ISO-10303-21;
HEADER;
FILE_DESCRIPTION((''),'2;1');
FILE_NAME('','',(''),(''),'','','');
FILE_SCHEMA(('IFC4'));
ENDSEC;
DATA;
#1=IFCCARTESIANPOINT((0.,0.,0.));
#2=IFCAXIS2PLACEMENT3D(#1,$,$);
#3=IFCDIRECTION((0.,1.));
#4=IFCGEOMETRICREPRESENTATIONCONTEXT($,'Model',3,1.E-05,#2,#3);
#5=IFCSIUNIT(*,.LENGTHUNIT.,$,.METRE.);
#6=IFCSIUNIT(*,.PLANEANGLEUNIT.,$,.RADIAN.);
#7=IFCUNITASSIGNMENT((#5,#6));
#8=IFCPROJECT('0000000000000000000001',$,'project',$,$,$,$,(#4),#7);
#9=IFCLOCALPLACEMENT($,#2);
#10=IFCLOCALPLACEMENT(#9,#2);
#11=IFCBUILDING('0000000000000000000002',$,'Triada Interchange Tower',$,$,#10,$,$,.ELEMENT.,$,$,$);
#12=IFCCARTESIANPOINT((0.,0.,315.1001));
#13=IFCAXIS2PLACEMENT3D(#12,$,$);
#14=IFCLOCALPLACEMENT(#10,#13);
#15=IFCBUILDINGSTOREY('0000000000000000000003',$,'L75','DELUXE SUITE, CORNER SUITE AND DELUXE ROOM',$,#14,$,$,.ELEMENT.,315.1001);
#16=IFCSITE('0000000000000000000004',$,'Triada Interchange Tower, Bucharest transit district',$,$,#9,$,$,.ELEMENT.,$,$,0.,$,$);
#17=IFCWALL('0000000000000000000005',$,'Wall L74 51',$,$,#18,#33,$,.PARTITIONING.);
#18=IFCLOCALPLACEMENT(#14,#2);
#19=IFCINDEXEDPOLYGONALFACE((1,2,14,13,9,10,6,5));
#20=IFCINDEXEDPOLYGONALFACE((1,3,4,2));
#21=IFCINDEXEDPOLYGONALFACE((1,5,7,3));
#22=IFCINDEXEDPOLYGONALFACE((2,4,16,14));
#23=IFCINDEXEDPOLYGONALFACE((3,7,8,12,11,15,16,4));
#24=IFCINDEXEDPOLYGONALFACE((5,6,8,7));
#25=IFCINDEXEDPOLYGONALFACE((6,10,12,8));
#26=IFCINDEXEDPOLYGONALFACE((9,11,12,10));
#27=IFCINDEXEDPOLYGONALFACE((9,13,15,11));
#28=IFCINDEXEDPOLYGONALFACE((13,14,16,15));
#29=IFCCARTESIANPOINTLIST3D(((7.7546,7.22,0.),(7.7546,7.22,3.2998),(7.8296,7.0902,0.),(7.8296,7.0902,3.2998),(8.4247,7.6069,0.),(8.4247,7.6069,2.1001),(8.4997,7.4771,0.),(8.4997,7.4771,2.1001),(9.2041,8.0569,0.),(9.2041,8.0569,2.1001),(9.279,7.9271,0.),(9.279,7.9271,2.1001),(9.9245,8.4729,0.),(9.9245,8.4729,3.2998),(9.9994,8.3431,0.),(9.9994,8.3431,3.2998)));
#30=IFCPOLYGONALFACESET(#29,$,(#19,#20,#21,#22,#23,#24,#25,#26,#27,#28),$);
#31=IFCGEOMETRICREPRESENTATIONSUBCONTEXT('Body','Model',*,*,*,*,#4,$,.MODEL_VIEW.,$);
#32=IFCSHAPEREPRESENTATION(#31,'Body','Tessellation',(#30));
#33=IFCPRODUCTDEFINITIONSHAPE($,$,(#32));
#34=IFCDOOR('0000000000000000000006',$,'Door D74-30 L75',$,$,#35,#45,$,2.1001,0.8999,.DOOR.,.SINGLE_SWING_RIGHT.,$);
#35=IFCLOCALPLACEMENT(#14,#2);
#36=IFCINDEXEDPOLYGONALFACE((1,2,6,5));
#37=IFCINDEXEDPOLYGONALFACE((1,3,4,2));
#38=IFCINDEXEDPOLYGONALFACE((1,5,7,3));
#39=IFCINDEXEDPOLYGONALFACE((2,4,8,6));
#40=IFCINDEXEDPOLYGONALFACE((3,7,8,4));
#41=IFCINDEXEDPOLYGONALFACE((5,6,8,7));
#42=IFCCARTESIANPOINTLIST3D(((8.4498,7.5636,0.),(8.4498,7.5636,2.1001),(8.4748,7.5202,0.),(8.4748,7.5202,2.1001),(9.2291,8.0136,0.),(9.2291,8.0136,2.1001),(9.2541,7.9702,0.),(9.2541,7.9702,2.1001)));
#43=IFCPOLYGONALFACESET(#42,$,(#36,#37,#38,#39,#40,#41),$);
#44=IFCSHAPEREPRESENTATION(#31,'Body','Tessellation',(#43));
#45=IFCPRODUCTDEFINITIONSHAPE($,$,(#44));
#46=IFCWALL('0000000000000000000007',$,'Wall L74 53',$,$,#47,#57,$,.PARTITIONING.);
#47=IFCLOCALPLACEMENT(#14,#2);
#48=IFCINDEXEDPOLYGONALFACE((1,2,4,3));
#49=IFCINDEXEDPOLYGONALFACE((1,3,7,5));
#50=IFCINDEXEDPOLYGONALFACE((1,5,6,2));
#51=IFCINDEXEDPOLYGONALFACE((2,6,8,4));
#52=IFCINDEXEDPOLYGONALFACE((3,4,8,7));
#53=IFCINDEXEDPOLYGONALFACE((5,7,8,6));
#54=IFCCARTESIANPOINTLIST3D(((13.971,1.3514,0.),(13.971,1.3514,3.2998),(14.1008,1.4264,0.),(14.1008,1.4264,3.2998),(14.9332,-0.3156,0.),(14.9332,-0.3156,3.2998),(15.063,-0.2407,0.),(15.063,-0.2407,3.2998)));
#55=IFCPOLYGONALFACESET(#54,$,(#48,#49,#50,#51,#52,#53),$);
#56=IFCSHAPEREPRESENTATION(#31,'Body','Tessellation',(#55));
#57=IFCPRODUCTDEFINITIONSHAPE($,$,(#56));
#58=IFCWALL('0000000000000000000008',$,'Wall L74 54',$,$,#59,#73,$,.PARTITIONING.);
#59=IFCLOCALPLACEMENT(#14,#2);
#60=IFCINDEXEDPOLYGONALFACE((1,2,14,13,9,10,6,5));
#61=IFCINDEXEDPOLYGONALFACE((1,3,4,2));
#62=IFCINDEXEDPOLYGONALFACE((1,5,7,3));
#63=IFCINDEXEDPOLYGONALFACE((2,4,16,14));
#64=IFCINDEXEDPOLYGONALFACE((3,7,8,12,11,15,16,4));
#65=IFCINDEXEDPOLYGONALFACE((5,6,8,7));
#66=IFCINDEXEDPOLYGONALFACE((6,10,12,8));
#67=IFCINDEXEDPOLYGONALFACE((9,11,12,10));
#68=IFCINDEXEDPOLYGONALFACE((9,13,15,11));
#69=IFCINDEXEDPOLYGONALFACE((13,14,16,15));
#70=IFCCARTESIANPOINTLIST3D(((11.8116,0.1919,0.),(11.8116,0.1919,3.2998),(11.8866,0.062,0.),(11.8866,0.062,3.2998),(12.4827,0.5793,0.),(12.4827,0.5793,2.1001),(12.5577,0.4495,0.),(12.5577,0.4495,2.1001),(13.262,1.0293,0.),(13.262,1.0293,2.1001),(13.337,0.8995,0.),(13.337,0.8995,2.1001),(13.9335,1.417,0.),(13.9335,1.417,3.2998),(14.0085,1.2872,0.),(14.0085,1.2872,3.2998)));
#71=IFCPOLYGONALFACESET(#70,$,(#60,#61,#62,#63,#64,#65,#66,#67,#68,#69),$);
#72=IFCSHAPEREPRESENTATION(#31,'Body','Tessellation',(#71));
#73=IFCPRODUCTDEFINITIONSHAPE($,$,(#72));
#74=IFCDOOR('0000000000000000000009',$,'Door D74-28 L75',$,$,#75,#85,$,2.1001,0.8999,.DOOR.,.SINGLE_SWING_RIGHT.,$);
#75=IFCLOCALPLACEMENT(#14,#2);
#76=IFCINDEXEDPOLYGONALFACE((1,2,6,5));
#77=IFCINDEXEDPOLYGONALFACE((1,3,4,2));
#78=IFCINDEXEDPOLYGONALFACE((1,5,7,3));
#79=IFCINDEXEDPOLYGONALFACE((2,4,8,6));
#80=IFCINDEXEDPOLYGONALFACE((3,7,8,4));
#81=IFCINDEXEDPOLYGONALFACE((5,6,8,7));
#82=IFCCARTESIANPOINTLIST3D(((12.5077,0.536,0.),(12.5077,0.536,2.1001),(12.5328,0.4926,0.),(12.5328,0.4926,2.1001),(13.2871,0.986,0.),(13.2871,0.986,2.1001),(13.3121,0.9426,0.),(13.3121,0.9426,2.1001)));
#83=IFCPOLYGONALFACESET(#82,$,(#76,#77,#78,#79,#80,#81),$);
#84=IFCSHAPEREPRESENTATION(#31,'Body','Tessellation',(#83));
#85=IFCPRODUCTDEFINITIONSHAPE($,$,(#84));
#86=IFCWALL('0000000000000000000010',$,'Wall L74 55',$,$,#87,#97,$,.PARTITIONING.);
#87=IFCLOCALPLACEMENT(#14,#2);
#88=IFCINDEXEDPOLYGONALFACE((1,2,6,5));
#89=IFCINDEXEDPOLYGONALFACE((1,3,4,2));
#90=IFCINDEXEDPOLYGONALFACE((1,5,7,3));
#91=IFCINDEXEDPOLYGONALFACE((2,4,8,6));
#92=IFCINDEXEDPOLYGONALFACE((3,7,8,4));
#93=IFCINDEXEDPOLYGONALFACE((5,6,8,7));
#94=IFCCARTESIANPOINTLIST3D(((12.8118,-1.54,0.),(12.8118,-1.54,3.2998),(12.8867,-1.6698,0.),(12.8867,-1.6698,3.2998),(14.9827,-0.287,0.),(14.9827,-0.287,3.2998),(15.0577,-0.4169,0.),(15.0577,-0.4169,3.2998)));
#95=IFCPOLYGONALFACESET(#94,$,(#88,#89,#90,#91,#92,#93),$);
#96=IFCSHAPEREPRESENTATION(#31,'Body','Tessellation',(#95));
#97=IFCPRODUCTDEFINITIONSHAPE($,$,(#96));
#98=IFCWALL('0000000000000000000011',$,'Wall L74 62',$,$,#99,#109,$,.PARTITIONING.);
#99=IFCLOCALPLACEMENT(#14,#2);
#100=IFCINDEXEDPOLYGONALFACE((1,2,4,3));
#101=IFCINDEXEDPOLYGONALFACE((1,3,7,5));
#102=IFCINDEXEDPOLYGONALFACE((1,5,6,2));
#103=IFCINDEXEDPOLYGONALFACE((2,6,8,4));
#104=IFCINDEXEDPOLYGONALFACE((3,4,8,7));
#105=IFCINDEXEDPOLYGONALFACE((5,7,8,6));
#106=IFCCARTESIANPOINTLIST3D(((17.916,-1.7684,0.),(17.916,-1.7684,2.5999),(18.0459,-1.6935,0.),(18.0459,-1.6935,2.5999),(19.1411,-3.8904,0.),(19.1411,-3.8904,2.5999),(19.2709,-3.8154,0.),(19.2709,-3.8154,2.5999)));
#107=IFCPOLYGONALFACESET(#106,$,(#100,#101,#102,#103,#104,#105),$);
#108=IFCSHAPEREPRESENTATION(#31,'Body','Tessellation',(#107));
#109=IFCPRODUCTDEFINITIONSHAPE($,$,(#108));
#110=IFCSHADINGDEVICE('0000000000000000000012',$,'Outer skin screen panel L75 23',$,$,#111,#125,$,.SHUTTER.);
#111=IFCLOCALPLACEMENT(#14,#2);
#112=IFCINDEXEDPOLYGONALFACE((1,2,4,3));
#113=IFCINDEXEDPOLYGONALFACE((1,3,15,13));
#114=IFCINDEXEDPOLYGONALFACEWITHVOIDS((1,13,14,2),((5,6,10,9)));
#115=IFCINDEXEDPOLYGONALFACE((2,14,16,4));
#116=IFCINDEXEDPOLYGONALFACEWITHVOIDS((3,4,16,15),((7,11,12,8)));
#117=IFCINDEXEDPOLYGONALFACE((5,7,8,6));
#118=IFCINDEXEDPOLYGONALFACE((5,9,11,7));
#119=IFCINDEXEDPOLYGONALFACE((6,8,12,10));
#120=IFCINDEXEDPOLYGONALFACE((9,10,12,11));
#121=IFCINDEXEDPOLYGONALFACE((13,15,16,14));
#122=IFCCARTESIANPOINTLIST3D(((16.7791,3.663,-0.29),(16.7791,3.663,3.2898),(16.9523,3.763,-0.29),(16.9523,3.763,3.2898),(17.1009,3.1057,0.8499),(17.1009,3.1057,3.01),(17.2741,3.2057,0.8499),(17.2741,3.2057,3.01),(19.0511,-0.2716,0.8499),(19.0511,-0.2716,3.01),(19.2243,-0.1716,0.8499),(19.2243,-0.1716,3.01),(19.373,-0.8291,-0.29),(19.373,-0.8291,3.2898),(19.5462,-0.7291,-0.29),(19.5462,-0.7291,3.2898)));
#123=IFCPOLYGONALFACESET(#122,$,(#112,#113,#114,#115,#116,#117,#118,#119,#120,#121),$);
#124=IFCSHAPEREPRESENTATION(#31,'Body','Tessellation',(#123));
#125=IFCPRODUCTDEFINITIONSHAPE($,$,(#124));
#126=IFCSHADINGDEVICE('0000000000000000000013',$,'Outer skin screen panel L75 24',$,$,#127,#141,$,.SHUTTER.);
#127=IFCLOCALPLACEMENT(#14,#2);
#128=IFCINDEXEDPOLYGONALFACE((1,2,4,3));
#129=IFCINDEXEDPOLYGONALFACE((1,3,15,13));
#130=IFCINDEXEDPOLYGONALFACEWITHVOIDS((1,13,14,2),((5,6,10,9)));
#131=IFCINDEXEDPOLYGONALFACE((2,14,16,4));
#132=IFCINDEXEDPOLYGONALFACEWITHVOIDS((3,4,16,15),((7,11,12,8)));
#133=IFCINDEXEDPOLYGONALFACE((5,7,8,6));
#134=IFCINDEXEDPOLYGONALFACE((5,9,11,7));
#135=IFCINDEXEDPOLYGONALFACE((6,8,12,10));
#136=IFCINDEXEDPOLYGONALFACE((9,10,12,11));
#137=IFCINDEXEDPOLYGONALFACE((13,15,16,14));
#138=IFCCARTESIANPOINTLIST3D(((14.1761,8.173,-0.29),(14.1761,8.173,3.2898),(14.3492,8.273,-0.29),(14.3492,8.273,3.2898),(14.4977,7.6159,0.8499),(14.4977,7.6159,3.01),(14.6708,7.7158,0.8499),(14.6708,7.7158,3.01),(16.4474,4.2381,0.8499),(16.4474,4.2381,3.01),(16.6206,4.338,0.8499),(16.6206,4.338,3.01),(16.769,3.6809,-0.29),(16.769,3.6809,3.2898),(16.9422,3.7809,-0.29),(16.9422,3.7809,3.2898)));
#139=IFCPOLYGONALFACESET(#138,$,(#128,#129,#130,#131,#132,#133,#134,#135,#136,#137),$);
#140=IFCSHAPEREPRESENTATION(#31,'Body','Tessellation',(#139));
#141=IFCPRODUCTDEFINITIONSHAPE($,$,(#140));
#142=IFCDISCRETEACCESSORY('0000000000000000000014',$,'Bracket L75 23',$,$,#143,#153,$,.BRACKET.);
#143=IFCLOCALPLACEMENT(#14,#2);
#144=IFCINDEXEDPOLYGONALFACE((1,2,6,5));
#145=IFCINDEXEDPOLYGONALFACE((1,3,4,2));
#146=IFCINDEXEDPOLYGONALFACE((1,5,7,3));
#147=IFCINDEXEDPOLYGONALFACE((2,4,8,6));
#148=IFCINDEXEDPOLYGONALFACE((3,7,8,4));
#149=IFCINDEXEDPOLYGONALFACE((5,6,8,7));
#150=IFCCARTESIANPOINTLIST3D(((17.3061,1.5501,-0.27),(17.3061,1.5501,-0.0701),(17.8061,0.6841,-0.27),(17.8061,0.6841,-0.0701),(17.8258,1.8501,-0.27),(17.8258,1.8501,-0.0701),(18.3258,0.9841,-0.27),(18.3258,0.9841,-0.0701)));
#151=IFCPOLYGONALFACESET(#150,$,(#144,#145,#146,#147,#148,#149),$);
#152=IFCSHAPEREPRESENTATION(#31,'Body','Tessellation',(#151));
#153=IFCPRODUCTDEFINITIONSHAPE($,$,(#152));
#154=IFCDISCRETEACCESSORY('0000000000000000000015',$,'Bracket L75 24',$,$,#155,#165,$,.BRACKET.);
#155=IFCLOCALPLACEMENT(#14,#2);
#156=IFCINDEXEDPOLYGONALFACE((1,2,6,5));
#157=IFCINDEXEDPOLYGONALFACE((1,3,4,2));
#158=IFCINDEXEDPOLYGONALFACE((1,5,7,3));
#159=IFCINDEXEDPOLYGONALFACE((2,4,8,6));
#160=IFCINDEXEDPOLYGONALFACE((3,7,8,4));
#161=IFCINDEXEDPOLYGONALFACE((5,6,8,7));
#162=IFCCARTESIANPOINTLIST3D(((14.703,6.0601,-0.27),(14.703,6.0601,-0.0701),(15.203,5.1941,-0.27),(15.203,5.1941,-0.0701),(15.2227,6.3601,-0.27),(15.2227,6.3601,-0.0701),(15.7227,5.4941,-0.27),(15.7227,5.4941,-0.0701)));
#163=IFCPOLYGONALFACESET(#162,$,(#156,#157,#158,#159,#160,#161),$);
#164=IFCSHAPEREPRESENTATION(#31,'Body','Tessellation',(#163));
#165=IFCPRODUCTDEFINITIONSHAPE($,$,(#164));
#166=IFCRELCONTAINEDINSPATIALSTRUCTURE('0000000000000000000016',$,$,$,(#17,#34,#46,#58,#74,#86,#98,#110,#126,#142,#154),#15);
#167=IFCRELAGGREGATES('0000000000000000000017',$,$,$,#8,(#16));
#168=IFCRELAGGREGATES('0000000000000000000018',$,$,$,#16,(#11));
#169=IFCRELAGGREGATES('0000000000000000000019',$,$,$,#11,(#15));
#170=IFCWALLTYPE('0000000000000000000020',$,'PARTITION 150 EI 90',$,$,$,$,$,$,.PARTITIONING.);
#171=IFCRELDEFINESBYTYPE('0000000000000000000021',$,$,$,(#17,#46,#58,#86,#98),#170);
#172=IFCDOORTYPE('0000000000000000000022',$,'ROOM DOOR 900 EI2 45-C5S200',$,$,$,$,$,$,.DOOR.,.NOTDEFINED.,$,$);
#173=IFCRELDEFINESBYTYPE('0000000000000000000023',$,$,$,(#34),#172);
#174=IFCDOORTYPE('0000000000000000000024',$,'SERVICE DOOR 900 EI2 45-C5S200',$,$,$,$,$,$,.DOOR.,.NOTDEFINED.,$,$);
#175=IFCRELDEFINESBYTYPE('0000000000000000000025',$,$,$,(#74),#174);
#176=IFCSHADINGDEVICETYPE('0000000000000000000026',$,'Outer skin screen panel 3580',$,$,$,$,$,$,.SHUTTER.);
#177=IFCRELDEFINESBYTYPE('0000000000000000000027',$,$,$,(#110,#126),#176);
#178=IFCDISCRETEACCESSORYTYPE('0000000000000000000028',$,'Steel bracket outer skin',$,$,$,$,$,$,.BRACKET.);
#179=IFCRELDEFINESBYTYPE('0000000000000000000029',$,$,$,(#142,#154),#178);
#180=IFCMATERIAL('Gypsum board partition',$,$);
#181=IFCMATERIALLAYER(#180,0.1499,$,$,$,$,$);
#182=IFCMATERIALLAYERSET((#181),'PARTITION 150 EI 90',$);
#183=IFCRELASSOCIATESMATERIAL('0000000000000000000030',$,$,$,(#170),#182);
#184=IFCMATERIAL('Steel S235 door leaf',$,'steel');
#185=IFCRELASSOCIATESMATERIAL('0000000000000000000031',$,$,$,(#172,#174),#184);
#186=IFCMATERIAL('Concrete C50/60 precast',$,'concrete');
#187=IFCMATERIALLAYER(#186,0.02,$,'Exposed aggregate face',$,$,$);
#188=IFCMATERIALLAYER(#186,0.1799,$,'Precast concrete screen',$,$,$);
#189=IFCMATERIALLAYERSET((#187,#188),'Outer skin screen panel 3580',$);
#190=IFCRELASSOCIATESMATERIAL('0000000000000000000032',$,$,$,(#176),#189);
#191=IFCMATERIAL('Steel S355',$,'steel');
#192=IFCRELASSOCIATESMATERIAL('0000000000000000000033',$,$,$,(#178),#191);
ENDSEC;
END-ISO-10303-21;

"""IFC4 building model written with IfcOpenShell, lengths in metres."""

from ifc_helpers import new_model, si_unit, direction, frame, frame_2d, origin, origin_2d, place, context, subcontext, project, spatial, polyline, rectangle, outline, extrude, material, layer, layer_set, type_object, element, fill, save


model = new_model("IFC4")

# Units and contexts
model_context = context("Model", 3, precision=1e-05, world=origin(), true_north=direction((0.0, 1.0)))
body_context = subcontext(model_context, "Body", "Model", "MODEL_VIEW")
ifc_project = project(units=[si_unit("LENGTHUNIT", "METRE"), si_unit("PLANEANGLEUNIT", "RADIAN")], contexts=[model_context])

# Site, building, storey
site_placement = place(None, origin())
site = spatial("IfcSite", under=ifc_project, at=site_placement, Name="Triada Interchange Tower, Bucharest transit district", CompositionType="ELEMENT", RefElevation=0.0)
building_placement = place(site_placement, origin())
building = spatial("IfcBuilding", under=site, at=building_placement, Name="Triada Interchange Tower", CompositionType="ELEMENT")
storey_placement = place(building_placement, frame((0.0, 0.0, 315.1001)))
storey = spatial("IfcBuildingStorey", under=building, at=storey_placement, Name="L75", Description="DELUXE SUITE, CORNER SUITE AND DELUXE ROOM", CompositionType="ELEMENT", Elevation=315.1001)

# Shared definitions
ifc_material_1 = material(Name="Gypsum board partition")

# Wall, opening, door
ifc_layer_1 = layer(ifc_material_1, 0.1499)
ifc_layer_set_1 = layer_set([ifc_layer_1], Name="PARTITION 150 EI 90")
wall_type_1 = type_object("IfcWallType", Name="PARTITION 150 EI 90", PredefinedType="PARTITIONING", material=ifc_layer_set_1)
ifc_material_2 = material(Name="Steel S235 door leaf", Category="steel")
door_type_1 = type_object("IfcDoorType", Name="ROOM DOOR 900 EI2 45-C5S200", OperationType="NOTDEFINED", PredefinedType="DOOR", material=ifc_material_2)
wall_1_placement = place(storey_placement, frame((7.792, 7.155, 0.0), z_axis=(0.0, 0.0, 1.0), x_axis=(0.866004, 0.500037, 0.0)))
wall_1 = element("IfcWall", 1, at=wall_1_placement, inside=storey, type_object=wall_type_1, Name="Wall L74 51", PredefinedType="PARTITIONING", context=body_context, shape_type="SweptSolid", body=[
    extrude(rectangle(XDim=2.5056, YDim=0.1499, at=frame_2d((1.2529, 0.0))), origin(), (0.0, 0.0, 1.0), 3.2998),
])
opening_1_placement = place(wall_1_placement, frame((0.7739, 0.0, 0.0)))
opening_1 = element("IfcOpeningElement", 2, at=opening_1_placement, cuts=wall_1, PredefinedType="OPENING", context=body_context, shape_type="SweptSolid", body=[
    extrude(rectangle(XDim=0.8999, YDim=2.1001, at=frame_2d((0.45, 1.05))), frame((0.0, 0.085, 0.0), z_axis=(0.0, -1.0, 0.0), x_axis=(1.0, 0.0, 0.0)), (0.0, 0.0, 1.0), 0.1699),
])
door_1_placement = place(opening_1_placement, origin())
door_1 = element("IfcDoor", 3, at=door_1_placement, inside=storey, type_object=door_type_1, Name="Door D74-30 L75", OperationType="SINGLE_SWING_RIGHT", OverallHeight=2.1001, OverallWidth=0.8999, PredefinedType="DOOR", context=body_context, shape_type="SweptSolid", body=[
    extrude(rectangle(XDim=0.8999, YDim=2.1001, at=frame_2d((0.45, 1.05))), frame((0.0, 0.0249, 0.0), z_axis=(0.0, -1.0, 0.0), x_axis=(1.0, 0.0, 0.0)), (0.0, 0.0, 1.0), 0.05),
])
fill(opening_1, door_1)

# Wall
wall_2_placement = place(storey_placement, frame((14.0359, 1.3889, 0.0), z_axis=(0.0, 0.0, 1.0), x_axis=(0.499891, -0.866088, 0.0)))
element("IfcWall", 4, at=wall_2_placement, inside=storey, type_object=wall_type_1, Name="Wall L74 53", PredefinedType="PARTITIONING", context=body_context, shape_type="SweptSolid", body=[
    extrude(rectangle(XDim=1.9248, YDim=0.1499, at=frame_2d((0.9624, 0.0))), origin(), (0.0, 0.0, 1.0), 3.2998),
])

# Wall, opening, door
wall_3_placement = place(storey_placement, frame((11.8491, 0.127, 0.0), z_axis=(0.0, 0.0, 1.0), x_axis=(0.866015, 0.500019, 0.0)))
wall_3 = element("IfcWall", 5, at=wall_3_placement, inside=storey, type_object=wall_type_1, Name="Wall L74 54", PredefinedType="PARTITIONING", context=body_context, shape_type="SweptSolid", body=[
    extrude(rectangle(XDim=2.4502, YDim=0.1499, at=frame_2d((1.2251, 0.0))), origin(), (0.0, 0.0, 1.0), 3.2998),
])
opening_2_placement = place(wall_3_placement, frame((0.7749, 0.0, 0.0)))
opening_2 = element("IfcOpeningElement", 6, at=opening_2_placement, cuts=wall_3, PredefinedType="OPENING", context=body_context, shape_type="SweptSolid", body=[
    extrude(rectangle(XDim=0.8999, YDim=2.1001, at=frame_2d((0.45, 1.05))), frame((0.0, 0.085, 0.0), z_axis=(0.0, -1.0, 0.0), x_axis=(1.0, 0.0, 0.0)), (0.0, 0.0, 1.0), 0.1699),
])
door_type_2 = type_object("IfcDoorType", Name="SERVICE DOOR 900 EI2 45-C5S200", OperationType="NOTDEFINED", PredefinedType="DOOR", material=ifc_material_2)
door_2_placement = place(opening_2_placement, origin())
door_2 = element("IfcDoor", 7, at=door_2_placement, inside=storey, type_object=door_type_2, Name="Door D74-28 L75", OperationType="SINGLE_SWING_RIGHT", OverallHeight=2.1001, OverallWidth=0.8999, PredefinedType="DOOR", context=body_context, shape_type="SweptSolid", body=[
    extrude(rectangle(XDim=0.8999, YDim=2.1001, at=frame_2d((0.45, 1.05))), frame((0.0, 0.0249, 0.0), z_axis=(0.0, -1.0, 0.0), x_axis=(1.0, 0.0, 0.0)), (0.0, 0.0, 1.0), 0.05),
])
fill(opening_2, door_2)

# Walls
wall_4_placement = place(storey_placement, frame((12.8491, -1.605, 0.0), z_axis=(0.0, 0.0, 1.0), x_axis=(0.866101, 0.499869, 0.0)))
element("IfcWall", 8, at=wall_4_placement, inside=storey, type_object=wall_type_1, Name="Wall L74 55", PredefinedType="PARTITIONING", context=body_context, shape_type="SweptSolid", body=[
    extrude(rectangle(XDim=2.5066, YDim=0.1499, at=frame_2d((1.2534, 0.0))), origin(), (0.0, 0.0, 1.0), 3.2998),
])
wall_5_placement = place(storey_placement, frame((17.981, -1.731, 0.0), z_axis=(0.0, 0.0, 1.0), x_axis=(0.499975, -0.86604, 0.0)))
element("IfcWall", 9, at=wall_5_placement, inside=storey, type_object=wall_type_1, Name="Wall L74 62", PredefinedType="PARTITIONING", context=body_context, shape_type="SweptSolid", body=[
    extrude(rectangle(XDim=2.4502, YDim=0.1499, at=frame_2d((1.2251, 0.0))), origin(), (0.0, 0.0, 1.0), 2.5999),
])

# Shading devices
ifc_material_3 = material(Name="Concrete C50/60 precast", Category="concrete")
ifc_layer_2 = layer(ifc_material_3, 0.02, Name="Exposed aggregate face")
ifc_layer_3 = layer(ifc_material_3, 0.1799, Name="Precast concrete screen")
ifc_layer_set_2 = layer_set([ifc_layer_2, ifc_layer_3], Name="Outer skin screen panel 3580")
shading_device_type = type_object("IfcShadingDeviceType", Name="Outer skin screen panel 3580", PredefinedType="SHUTTER", material=ifc_layer_set_2)
shading_device_1_placement = place(storey_placement, frame((19.373, -0.8291, -0.29), z_axis=(0.0, 0.0, 1.0), x_axis=(-0.500062, 0.86599, 0.0)))
element("IfcShadingDevice", 10, at=shading_device_1_placement, inside=storey, type_object=shading_device_type, Name="Outer skin screen panel L75 23", PredefinedType="SHUTTER", context=body_context, shape_type="SweptSolid", body=[
    extrude(outline(polyline([(0.0, 0.0), (5.1873, 0.0), (5.1873, 3.5798), (0.0, 3.5798), (0.0, 0.0)]), holes=[polyline([(0.6438, 1.1399), (0.6438, 3.3), (4.5437, 3.3), (4.5437, 1.1399), (0.6438, 1.1399)])]), frame((0.0, 0.0, 0.0), z_axis=(0.0, -1.0, 0.0), x_axis=(1.0, 0.0, 0.0)), (0.0, 0.0, 1.0), 0.2),
])
shading_device_2_placement = place(storey_placement, frame((16.769, 3.6809, -0.29), z_axis=(0.0, 0.0, 1.0), x_axis=(-0.499921, 0.866071, 0.0)))
element("IfcShadingDevice", 11, at=shading_device_2_placement, inside=storey, type_object=shading_device_type, Name="Outer skin screen panel L75 24", PredefinedType="SHUTTER", context=body_context, shape_type="SweptSolid", body=[
    extrude(outline(polyline([(0.0, 0.0), (5.1868, 0.0), (5.1868, 3.5798), (0.0, 3.5798), (0.0, 0.0)]), holes=[polyline([(0.6433, 1.1399), (0.6433, 3.3), (4.5435, 3.3), (4.5435, 1.1399), (0.6433, 1.1399)])]), frame((0.0, 0.0, 0.0), z_axis=(0.0, -1.0, 0.0), x_axis=(1.0, 0.0, 0.0)), (0.0, 0.0, 1.0), 0.2),
])

# Discrete accessories
ifc_material_4 = material(Name="Steel S355", Category="steel")
discrete_accessory_type = type_object("IfcDiscreteAccessoryType", Name="Steel bracket outer skin", PredefinedType="BRACKET", material=ifc_material_4)
for number, where, z_axis, x_axis, name in (
    (12, (17.8159, 1.2671, -0.27), (0.0, 0.0, 1.0), (0.866025, 0.500001, 0.0), "Bracket L75 23"),
    (13, (15.2129, 5.7771, -0.27), (0.0, 0.0, 1.0), (0.866025, 0.500001, 0.0), "Bracket L75 24"),
):
    element("IfcDiscreteAccessory", number, at=place(storey_placement, frame(where, z_axis=z_axis, x_axis=x_axis)), inside=storey, type_object=discrete_accessory_type, Name=name, PredefinedType="BRACKET", context=body_context, shape_type="SweptSolid", body=[
        extrude(rectangle(XDim=0.6001, YDim=1.0, at=origin_2d()), origin(), (0.0, 0.0, 1.0), 0.2),
    ])

save(model, "model.ifc")
